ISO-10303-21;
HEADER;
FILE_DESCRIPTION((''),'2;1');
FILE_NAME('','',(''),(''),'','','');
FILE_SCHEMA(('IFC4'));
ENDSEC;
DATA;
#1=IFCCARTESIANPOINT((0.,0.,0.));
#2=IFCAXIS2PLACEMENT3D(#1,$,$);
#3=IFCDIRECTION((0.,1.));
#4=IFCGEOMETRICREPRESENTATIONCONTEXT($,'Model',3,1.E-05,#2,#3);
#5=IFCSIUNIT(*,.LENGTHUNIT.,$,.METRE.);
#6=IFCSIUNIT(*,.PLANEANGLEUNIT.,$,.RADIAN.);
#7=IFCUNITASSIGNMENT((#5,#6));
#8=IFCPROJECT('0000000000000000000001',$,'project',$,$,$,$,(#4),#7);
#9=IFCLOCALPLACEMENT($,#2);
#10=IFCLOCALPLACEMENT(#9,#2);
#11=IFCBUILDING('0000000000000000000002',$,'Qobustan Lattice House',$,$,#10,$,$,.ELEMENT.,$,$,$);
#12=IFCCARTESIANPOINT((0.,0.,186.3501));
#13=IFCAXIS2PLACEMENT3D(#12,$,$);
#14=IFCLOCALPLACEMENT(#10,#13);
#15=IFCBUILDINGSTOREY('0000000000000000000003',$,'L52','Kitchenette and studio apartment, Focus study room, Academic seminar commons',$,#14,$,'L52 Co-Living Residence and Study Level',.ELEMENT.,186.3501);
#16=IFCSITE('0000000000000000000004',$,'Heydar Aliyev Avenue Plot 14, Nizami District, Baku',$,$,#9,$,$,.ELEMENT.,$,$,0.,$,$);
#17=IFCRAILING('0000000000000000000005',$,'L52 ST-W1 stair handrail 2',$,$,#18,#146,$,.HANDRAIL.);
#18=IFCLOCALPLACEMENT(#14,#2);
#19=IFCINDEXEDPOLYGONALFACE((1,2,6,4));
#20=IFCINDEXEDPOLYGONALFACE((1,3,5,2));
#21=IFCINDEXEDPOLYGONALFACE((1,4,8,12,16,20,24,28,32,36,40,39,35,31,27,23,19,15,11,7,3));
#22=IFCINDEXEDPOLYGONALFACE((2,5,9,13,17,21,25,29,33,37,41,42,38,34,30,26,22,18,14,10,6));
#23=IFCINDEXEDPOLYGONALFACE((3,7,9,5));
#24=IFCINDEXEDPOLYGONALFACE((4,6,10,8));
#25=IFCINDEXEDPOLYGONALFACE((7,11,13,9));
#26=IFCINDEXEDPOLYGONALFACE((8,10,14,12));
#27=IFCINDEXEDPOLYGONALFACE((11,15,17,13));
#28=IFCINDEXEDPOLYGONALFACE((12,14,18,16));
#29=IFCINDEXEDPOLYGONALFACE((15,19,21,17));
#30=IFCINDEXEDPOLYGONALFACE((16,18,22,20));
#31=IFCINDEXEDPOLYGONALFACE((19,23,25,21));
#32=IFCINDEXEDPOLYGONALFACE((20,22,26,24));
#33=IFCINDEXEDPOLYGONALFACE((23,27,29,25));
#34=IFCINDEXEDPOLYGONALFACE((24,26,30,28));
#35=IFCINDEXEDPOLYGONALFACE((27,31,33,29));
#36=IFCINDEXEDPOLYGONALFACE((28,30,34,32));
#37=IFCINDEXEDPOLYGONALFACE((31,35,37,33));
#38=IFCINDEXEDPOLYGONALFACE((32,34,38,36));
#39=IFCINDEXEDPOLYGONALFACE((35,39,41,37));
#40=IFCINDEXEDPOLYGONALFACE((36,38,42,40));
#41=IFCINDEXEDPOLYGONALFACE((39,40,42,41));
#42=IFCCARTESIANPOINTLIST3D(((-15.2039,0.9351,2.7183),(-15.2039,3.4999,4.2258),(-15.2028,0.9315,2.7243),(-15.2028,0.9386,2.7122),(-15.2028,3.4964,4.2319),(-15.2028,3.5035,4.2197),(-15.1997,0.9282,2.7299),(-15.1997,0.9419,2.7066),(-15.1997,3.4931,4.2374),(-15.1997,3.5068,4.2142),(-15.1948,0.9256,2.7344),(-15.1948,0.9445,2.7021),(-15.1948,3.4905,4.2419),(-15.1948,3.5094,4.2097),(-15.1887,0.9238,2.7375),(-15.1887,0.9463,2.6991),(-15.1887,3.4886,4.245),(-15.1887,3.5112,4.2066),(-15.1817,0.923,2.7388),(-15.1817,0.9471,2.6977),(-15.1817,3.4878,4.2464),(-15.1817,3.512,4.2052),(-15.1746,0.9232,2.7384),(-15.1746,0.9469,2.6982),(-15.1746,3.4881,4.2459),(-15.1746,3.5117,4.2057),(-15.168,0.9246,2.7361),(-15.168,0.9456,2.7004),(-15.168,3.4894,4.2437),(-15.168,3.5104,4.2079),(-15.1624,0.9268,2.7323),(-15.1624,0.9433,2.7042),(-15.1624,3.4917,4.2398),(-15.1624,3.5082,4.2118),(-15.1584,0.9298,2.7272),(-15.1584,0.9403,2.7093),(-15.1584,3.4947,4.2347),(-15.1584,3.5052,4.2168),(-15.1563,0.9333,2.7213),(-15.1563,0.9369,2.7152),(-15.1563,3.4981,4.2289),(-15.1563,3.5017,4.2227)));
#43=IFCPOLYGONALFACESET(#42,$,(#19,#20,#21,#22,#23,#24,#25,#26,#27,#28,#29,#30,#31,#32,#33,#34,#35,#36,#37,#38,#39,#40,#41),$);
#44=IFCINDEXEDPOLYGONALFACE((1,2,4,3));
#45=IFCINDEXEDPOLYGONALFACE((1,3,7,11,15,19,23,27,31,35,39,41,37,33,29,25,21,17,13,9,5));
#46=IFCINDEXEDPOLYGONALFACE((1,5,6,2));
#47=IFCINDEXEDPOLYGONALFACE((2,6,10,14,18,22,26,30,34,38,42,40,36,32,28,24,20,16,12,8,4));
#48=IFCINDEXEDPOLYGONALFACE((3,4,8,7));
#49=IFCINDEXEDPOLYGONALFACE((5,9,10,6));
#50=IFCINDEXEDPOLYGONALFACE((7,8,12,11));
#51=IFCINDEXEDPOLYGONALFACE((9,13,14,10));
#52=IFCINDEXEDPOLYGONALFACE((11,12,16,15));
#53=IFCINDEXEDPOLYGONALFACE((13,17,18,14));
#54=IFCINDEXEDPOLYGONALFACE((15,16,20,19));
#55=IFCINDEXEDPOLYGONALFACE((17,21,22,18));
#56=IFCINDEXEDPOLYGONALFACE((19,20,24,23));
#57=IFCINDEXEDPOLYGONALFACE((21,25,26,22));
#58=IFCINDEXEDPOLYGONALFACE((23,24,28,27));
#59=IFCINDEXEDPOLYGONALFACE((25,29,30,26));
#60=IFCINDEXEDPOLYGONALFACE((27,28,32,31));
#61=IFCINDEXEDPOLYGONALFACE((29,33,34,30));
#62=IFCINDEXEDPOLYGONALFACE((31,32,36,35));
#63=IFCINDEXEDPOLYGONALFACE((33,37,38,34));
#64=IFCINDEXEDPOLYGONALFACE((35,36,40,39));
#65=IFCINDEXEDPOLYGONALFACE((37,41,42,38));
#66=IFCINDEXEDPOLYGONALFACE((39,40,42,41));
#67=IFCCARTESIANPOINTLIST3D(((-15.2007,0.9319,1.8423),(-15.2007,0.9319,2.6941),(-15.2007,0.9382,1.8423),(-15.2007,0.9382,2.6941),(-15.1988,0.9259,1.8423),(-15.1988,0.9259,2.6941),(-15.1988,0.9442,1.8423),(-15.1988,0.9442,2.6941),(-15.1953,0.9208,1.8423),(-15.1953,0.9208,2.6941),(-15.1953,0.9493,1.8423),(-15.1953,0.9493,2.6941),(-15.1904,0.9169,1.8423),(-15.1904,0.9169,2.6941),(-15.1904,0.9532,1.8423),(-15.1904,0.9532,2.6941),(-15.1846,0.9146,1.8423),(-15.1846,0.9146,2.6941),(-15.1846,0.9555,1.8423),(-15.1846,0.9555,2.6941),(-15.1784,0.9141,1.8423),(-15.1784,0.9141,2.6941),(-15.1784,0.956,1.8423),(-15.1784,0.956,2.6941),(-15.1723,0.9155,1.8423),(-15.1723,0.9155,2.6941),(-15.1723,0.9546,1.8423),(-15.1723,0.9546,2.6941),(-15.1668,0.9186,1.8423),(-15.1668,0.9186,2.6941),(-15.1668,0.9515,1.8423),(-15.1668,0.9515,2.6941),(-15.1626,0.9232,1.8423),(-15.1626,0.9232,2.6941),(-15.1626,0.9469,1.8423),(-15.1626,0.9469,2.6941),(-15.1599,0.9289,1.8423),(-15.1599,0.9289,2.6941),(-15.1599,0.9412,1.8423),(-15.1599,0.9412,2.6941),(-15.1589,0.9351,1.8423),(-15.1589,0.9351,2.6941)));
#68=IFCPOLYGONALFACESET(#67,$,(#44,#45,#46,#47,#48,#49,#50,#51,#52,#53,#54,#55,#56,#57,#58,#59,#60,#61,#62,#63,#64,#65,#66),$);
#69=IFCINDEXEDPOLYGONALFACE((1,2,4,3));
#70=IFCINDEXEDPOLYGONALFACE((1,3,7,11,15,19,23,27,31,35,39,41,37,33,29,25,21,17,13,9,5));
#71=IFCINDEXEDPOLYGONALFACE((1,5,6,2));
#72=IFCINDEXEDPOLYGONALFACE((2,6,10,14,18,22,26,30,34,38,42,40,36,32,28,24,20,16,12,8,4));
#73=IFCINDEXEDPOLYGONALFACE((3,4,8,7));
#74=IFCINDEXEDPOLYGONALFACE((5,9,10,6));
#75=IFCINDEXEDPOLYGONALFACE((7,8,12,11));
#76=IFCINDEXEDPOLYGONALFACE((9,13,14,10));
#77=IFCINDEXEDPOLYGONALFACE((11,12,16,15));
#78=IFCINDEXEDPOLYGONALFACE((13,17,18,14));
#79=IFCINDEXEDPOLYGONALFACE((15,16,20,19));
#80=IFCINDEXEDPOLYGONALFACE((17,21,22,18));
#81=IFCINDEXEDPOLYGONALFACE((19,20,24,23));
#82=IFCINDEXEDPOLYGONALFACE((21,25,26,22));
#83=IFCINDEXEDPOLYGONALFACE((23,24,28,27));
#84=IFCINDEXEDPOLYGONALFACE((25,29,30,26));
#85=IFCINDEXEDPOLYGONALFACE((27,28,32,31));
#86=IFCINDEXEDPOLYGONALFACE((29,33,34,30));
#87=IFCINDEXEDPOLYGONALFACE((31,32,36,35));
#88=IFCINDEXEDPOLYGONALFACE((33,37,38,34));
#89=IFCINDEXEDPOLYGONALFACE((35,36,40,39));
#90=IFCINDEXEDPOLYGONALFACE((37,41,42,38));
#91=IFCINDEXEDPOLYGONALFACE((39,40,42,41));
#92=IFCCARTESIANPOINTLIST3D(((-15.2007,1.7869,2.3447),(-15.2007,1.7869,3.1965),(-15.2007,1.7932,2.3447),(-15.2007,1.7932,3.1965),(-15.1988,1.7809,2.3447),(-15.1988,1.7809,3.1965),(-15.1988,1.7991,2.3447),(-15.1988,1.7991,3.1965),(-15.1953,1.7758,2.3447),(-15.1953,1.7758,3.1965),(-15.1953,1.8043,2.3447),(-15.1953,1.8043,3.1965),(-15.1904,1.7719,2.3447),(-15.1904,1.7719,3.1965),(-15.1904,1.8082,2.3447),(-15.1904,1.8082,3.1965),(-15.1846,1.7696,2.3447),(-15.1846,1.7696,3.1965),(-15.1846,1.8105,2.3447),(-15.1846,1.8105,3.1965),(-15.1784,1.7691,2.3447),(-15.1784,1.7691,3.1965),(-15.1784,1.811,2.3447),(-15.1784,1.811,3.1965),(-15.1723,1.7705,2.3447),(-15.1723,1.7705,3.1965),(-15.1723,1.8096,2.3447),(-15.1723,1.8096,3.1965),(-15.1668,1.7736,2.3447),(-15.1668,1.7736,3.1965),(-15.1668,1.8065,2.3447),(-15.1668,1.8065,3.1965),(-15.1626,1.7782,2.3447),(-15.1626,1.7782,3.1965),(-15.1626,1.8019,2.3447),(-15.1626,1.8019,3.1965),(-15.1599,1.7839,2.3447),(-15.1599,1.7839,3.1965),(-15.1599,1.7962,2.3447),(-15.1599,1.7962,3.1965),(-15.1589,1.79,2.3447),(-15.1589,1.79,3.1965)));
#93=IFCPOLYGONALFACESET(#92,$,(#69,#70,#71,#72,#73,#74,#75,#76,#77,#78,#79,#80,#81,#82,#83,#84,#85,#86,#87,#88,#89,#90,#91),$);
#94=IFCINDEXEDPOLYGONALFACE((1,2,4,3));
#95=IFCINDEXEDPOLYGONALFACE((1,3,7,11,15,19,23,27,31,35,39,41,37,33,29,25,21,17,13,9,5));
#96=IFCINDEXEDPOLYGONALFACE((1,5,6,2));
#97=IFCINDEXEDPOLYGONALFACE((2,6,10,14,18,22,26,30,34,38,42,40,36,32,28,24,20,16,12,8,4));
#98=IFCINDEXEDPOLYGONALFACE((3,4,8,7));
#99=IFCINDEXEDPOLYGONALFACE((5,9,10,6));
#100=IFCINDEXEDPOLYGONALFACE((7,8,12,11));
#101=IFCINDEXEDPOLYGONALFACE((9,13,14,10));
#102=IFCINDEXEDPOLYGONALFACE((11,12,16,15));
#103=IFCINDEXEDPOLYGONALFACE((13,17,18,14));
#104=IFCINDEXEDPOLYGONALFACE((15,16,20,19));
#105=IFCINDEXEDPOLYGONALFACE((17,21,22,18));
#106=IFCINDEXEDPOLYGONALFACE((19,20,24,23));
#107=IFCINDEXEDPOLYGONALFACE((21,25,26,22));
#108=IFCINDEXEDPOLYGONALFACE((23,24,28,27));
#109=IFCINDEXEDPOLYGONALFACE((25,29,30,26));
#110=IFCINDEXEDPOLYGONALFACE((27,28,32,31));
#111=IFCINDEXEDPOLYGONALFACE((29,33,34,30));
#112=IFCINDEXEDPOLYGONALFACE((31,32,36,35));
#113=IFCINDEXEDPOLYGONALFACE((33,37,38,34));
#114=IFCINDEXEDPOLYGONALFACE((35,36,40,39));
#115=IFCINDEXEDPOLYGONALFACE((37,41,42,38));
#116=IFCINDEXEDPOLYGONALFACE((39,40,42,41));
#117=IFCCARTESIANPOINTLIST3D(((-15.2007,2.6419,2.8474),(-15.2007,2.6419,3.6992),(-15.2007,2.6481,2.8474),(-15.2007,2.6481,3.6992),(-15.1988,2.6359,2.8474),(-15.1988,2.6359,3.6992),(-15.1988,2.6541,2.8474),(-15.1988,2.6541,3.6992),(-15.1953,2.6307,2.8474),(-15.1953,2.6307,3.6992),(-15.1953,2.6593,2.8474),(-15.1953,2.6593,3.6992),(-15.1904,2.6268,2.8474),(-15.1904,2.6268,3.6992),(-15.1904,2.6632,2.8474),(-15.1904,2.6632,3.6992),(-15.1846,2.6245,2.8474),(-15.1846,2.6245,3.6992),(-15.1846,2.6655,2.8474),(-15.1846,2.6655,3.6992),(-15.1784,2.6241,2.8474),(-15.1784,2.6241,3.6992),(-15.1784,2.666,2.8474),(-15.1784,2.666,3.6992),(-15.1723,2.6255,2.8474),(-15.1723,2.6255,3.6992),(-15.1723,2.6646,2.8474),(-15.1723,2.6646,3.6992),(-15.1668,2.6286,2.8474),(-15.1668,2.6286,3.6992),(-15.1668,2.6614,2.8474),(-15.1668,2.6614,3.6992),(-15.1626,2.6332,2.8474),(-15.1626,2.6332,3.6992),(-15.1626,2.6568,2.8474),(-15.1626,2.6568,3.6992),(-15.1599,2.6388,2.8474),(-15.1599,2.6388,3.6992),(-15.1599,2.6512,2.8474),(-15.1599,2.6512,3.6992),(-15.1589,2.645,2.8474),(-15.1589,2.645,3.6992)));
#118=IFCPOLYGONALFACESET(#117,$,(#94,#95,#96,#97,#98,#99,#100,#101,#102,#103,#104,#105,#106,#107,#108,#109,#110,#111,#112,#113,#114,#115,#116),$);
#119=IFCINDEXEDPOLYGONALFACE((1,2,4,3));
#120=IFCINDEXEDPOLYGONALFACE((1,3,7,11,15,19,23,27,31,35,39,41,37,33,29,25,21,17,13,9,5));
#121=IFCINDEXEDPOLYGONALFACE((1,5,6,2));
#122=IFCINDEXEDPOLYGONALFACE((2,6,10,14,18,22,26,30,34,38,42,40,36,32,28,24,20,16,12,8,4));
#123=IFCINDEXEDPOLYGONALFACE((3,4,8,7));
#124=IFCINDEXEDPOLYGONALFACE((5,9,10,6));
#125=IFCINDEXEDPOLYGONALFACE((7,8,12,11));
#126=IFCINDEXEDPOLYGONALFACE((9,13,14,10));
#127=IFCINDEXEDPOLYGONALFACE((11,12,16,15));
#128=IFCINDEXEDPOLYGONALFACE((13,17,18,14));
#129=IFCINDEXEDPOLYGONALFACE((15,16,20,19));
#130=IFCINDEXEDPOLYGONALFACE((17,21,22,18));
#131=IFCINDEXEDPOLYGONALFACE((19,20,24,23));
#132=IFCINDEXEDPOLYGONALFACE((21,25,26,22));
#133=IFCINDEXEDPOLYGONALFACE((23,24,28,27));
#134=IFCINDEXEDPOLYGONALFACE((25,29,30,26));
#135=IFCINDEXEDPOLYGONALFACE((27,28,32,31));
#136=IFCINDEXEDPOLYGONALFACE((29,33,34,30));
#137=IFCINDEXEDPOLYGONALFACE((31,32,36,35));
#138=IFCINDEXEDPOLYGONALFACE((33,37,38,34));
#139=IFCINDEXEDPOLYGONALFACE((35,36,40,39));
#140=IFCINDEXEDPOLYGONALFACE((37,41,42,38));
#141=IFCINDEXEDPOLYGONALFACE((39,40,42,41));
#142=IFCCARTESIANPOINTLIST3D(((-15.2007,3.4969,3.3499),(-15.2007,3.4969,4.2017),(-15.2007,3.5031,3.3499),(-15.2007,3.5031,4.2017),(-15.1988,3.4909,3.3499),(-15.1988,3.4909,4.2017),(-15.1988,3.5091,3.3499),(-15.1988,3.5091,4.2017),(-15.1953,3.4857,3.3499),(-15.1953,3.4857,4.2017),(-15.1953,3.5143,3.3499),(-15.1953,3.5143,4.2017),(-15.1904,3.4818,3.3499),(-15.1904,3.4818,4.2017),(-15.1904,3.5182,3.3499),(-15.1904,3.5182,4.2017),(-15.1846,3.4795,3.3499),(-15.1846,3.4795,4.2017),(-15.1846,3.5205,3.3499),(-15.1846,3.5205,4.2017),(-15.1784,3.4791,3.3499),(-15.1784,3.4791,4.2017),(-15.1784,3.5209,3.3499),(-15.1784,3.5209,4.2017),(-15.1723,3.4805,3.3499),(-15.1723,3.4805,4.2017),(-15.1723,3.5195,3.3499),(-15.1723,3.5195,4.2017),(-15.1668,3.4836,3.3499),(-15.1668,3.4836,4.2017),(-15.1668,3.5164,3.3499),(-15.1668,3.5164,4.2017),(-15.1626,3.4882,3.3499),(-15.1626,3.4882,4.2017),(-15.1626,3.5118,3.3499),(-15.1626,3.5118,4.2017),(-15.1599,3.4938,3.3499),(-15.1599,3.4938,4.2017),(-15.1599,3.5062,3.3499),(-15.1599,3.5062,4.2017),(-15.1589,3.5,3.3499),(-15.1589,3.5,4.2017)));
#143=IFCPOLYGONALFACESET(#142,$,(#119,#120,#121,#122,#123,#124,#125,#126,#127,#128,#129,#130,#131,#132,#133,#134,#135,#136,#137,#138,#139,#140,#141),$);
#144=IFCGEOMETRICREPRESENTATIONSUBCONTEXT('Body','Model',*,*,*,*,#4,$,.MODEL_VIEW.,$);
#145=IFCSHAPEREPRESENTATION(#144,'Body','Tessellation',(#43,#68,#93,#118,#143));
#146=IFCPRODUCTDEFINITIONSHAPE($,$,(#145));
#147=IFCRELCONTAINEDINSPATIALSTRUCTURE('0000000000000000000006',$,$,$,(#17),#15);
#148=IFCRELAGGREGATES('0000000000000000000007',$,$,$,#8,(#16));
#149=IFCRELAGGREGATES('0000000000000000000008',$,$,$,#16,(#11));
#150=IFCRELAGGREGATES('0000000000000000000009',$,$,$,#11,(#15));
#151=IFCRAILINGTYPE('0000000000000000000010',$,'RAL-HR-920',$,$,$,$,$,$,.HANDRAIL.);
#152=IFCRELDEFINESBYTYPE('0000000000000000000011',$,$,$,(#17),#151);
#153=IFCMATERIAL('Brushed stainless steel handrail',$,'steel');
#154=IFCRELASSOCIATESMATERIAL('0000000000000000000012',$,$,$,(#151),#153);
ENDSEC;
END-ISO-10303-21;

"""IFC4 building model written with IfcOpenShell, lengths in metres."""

from ifc_helpers import new_model, si_unit, direction, frame, origin, origin_2d, place, context, subcontext, project, spatial, circle, extrude, material, type_object, element, save


model = new_model("IFC4")

# Units and contexts
model_context = context("Model", 3, precision=1e-05, world=origin(), true_north=direction((0.0, 1.0)))
body_context = subcontext(model_context, "Body", "Model", "MODEL_VIEW")
ifc_project = project(units=[si_unit("LENGTHUNIT", "METRE"), si_unit("PLANEANGLEUNIT", "RADIAN")], contexts=[model_context])

# Site, building, storey
site_placement = place(None, origin())
site = spatial("IfcSite", under=ifc_project, at=site_placement, Name="Heydar Aliyev Avenue Plot 14, Nizami District, Baku", CompositionType="ELEMENT", RefElevation=0.0)
building_placement = place(site_placement, origin())
building = spatial("IfcBuilding", under=site, at=building_placement, Name="Qobustan Lattice House", CompositionType="ELEMENT")
storey_placement = place(building_placement, frame((0.0, 0.0, 186.3501)))
storey = spatial("IfcBuildingStorey", under=building, at=storey_placement, Name="L52", Description="Kitchenette and studio apartment, Focus study room, Academic seminar commons", LongName="L52 Co-Living Residence and Study Level", CompositionType="ELEMENT", Elevation=186.3501)

# Railing
ifc_material_1 = material(Name="Brushed stainless steel handrail", Category="steel")
railing_type_1 = type_object("IfcRailingType", Name="RAL-HR-920", PredefinedType="HANDRAIL", material=ifc_material_1)
railing_1_placement = place(storey_placement, frame((-15.1799, 0.9351, 1.8423)))
element("IfcRailing", 1, at=railing_1_placement, inside=storey, type_object=railing_type_1, Name="L52 ST-W1 stair handrail 2", PredefinedType="HANDRAIL", context=body_context, shape_type="SweptSolid", body=[
    extrude(circle(Radius=0.0239, at=origin_2d()), frame((0.0, 0.0, 0.876), z_axis=(0.0, 0.862113, 0.506715), x_axis=(-1.0, 0.0, 0.0)), (0.0, 0.0, 1.0), 2.9751),
    extrude(circle(Radius=0.021, at=origin_2d()), origin(), (0.0, 0.0, 1.0), 0.8518),
    extrude(circle(Radius=0.021, at=origin_2d()), frame((0.0, 0.855, 0.5024)), (0.0, 0.0, 1.0), 0.8518),
    extrude(circle(Radius=0.021, at=origin_2d()), frame((0.0, 1.71, 1.0051)), (0.0, 0.0, 1.0), 0.8518),
    extrude(circle(Radius=0.021, at=origin_2d()), frame((0.0, 2.5649, 1.5076)), (0.0, 0.0, 1.0), 0.8518),
])

save(model, "model.ifc")
